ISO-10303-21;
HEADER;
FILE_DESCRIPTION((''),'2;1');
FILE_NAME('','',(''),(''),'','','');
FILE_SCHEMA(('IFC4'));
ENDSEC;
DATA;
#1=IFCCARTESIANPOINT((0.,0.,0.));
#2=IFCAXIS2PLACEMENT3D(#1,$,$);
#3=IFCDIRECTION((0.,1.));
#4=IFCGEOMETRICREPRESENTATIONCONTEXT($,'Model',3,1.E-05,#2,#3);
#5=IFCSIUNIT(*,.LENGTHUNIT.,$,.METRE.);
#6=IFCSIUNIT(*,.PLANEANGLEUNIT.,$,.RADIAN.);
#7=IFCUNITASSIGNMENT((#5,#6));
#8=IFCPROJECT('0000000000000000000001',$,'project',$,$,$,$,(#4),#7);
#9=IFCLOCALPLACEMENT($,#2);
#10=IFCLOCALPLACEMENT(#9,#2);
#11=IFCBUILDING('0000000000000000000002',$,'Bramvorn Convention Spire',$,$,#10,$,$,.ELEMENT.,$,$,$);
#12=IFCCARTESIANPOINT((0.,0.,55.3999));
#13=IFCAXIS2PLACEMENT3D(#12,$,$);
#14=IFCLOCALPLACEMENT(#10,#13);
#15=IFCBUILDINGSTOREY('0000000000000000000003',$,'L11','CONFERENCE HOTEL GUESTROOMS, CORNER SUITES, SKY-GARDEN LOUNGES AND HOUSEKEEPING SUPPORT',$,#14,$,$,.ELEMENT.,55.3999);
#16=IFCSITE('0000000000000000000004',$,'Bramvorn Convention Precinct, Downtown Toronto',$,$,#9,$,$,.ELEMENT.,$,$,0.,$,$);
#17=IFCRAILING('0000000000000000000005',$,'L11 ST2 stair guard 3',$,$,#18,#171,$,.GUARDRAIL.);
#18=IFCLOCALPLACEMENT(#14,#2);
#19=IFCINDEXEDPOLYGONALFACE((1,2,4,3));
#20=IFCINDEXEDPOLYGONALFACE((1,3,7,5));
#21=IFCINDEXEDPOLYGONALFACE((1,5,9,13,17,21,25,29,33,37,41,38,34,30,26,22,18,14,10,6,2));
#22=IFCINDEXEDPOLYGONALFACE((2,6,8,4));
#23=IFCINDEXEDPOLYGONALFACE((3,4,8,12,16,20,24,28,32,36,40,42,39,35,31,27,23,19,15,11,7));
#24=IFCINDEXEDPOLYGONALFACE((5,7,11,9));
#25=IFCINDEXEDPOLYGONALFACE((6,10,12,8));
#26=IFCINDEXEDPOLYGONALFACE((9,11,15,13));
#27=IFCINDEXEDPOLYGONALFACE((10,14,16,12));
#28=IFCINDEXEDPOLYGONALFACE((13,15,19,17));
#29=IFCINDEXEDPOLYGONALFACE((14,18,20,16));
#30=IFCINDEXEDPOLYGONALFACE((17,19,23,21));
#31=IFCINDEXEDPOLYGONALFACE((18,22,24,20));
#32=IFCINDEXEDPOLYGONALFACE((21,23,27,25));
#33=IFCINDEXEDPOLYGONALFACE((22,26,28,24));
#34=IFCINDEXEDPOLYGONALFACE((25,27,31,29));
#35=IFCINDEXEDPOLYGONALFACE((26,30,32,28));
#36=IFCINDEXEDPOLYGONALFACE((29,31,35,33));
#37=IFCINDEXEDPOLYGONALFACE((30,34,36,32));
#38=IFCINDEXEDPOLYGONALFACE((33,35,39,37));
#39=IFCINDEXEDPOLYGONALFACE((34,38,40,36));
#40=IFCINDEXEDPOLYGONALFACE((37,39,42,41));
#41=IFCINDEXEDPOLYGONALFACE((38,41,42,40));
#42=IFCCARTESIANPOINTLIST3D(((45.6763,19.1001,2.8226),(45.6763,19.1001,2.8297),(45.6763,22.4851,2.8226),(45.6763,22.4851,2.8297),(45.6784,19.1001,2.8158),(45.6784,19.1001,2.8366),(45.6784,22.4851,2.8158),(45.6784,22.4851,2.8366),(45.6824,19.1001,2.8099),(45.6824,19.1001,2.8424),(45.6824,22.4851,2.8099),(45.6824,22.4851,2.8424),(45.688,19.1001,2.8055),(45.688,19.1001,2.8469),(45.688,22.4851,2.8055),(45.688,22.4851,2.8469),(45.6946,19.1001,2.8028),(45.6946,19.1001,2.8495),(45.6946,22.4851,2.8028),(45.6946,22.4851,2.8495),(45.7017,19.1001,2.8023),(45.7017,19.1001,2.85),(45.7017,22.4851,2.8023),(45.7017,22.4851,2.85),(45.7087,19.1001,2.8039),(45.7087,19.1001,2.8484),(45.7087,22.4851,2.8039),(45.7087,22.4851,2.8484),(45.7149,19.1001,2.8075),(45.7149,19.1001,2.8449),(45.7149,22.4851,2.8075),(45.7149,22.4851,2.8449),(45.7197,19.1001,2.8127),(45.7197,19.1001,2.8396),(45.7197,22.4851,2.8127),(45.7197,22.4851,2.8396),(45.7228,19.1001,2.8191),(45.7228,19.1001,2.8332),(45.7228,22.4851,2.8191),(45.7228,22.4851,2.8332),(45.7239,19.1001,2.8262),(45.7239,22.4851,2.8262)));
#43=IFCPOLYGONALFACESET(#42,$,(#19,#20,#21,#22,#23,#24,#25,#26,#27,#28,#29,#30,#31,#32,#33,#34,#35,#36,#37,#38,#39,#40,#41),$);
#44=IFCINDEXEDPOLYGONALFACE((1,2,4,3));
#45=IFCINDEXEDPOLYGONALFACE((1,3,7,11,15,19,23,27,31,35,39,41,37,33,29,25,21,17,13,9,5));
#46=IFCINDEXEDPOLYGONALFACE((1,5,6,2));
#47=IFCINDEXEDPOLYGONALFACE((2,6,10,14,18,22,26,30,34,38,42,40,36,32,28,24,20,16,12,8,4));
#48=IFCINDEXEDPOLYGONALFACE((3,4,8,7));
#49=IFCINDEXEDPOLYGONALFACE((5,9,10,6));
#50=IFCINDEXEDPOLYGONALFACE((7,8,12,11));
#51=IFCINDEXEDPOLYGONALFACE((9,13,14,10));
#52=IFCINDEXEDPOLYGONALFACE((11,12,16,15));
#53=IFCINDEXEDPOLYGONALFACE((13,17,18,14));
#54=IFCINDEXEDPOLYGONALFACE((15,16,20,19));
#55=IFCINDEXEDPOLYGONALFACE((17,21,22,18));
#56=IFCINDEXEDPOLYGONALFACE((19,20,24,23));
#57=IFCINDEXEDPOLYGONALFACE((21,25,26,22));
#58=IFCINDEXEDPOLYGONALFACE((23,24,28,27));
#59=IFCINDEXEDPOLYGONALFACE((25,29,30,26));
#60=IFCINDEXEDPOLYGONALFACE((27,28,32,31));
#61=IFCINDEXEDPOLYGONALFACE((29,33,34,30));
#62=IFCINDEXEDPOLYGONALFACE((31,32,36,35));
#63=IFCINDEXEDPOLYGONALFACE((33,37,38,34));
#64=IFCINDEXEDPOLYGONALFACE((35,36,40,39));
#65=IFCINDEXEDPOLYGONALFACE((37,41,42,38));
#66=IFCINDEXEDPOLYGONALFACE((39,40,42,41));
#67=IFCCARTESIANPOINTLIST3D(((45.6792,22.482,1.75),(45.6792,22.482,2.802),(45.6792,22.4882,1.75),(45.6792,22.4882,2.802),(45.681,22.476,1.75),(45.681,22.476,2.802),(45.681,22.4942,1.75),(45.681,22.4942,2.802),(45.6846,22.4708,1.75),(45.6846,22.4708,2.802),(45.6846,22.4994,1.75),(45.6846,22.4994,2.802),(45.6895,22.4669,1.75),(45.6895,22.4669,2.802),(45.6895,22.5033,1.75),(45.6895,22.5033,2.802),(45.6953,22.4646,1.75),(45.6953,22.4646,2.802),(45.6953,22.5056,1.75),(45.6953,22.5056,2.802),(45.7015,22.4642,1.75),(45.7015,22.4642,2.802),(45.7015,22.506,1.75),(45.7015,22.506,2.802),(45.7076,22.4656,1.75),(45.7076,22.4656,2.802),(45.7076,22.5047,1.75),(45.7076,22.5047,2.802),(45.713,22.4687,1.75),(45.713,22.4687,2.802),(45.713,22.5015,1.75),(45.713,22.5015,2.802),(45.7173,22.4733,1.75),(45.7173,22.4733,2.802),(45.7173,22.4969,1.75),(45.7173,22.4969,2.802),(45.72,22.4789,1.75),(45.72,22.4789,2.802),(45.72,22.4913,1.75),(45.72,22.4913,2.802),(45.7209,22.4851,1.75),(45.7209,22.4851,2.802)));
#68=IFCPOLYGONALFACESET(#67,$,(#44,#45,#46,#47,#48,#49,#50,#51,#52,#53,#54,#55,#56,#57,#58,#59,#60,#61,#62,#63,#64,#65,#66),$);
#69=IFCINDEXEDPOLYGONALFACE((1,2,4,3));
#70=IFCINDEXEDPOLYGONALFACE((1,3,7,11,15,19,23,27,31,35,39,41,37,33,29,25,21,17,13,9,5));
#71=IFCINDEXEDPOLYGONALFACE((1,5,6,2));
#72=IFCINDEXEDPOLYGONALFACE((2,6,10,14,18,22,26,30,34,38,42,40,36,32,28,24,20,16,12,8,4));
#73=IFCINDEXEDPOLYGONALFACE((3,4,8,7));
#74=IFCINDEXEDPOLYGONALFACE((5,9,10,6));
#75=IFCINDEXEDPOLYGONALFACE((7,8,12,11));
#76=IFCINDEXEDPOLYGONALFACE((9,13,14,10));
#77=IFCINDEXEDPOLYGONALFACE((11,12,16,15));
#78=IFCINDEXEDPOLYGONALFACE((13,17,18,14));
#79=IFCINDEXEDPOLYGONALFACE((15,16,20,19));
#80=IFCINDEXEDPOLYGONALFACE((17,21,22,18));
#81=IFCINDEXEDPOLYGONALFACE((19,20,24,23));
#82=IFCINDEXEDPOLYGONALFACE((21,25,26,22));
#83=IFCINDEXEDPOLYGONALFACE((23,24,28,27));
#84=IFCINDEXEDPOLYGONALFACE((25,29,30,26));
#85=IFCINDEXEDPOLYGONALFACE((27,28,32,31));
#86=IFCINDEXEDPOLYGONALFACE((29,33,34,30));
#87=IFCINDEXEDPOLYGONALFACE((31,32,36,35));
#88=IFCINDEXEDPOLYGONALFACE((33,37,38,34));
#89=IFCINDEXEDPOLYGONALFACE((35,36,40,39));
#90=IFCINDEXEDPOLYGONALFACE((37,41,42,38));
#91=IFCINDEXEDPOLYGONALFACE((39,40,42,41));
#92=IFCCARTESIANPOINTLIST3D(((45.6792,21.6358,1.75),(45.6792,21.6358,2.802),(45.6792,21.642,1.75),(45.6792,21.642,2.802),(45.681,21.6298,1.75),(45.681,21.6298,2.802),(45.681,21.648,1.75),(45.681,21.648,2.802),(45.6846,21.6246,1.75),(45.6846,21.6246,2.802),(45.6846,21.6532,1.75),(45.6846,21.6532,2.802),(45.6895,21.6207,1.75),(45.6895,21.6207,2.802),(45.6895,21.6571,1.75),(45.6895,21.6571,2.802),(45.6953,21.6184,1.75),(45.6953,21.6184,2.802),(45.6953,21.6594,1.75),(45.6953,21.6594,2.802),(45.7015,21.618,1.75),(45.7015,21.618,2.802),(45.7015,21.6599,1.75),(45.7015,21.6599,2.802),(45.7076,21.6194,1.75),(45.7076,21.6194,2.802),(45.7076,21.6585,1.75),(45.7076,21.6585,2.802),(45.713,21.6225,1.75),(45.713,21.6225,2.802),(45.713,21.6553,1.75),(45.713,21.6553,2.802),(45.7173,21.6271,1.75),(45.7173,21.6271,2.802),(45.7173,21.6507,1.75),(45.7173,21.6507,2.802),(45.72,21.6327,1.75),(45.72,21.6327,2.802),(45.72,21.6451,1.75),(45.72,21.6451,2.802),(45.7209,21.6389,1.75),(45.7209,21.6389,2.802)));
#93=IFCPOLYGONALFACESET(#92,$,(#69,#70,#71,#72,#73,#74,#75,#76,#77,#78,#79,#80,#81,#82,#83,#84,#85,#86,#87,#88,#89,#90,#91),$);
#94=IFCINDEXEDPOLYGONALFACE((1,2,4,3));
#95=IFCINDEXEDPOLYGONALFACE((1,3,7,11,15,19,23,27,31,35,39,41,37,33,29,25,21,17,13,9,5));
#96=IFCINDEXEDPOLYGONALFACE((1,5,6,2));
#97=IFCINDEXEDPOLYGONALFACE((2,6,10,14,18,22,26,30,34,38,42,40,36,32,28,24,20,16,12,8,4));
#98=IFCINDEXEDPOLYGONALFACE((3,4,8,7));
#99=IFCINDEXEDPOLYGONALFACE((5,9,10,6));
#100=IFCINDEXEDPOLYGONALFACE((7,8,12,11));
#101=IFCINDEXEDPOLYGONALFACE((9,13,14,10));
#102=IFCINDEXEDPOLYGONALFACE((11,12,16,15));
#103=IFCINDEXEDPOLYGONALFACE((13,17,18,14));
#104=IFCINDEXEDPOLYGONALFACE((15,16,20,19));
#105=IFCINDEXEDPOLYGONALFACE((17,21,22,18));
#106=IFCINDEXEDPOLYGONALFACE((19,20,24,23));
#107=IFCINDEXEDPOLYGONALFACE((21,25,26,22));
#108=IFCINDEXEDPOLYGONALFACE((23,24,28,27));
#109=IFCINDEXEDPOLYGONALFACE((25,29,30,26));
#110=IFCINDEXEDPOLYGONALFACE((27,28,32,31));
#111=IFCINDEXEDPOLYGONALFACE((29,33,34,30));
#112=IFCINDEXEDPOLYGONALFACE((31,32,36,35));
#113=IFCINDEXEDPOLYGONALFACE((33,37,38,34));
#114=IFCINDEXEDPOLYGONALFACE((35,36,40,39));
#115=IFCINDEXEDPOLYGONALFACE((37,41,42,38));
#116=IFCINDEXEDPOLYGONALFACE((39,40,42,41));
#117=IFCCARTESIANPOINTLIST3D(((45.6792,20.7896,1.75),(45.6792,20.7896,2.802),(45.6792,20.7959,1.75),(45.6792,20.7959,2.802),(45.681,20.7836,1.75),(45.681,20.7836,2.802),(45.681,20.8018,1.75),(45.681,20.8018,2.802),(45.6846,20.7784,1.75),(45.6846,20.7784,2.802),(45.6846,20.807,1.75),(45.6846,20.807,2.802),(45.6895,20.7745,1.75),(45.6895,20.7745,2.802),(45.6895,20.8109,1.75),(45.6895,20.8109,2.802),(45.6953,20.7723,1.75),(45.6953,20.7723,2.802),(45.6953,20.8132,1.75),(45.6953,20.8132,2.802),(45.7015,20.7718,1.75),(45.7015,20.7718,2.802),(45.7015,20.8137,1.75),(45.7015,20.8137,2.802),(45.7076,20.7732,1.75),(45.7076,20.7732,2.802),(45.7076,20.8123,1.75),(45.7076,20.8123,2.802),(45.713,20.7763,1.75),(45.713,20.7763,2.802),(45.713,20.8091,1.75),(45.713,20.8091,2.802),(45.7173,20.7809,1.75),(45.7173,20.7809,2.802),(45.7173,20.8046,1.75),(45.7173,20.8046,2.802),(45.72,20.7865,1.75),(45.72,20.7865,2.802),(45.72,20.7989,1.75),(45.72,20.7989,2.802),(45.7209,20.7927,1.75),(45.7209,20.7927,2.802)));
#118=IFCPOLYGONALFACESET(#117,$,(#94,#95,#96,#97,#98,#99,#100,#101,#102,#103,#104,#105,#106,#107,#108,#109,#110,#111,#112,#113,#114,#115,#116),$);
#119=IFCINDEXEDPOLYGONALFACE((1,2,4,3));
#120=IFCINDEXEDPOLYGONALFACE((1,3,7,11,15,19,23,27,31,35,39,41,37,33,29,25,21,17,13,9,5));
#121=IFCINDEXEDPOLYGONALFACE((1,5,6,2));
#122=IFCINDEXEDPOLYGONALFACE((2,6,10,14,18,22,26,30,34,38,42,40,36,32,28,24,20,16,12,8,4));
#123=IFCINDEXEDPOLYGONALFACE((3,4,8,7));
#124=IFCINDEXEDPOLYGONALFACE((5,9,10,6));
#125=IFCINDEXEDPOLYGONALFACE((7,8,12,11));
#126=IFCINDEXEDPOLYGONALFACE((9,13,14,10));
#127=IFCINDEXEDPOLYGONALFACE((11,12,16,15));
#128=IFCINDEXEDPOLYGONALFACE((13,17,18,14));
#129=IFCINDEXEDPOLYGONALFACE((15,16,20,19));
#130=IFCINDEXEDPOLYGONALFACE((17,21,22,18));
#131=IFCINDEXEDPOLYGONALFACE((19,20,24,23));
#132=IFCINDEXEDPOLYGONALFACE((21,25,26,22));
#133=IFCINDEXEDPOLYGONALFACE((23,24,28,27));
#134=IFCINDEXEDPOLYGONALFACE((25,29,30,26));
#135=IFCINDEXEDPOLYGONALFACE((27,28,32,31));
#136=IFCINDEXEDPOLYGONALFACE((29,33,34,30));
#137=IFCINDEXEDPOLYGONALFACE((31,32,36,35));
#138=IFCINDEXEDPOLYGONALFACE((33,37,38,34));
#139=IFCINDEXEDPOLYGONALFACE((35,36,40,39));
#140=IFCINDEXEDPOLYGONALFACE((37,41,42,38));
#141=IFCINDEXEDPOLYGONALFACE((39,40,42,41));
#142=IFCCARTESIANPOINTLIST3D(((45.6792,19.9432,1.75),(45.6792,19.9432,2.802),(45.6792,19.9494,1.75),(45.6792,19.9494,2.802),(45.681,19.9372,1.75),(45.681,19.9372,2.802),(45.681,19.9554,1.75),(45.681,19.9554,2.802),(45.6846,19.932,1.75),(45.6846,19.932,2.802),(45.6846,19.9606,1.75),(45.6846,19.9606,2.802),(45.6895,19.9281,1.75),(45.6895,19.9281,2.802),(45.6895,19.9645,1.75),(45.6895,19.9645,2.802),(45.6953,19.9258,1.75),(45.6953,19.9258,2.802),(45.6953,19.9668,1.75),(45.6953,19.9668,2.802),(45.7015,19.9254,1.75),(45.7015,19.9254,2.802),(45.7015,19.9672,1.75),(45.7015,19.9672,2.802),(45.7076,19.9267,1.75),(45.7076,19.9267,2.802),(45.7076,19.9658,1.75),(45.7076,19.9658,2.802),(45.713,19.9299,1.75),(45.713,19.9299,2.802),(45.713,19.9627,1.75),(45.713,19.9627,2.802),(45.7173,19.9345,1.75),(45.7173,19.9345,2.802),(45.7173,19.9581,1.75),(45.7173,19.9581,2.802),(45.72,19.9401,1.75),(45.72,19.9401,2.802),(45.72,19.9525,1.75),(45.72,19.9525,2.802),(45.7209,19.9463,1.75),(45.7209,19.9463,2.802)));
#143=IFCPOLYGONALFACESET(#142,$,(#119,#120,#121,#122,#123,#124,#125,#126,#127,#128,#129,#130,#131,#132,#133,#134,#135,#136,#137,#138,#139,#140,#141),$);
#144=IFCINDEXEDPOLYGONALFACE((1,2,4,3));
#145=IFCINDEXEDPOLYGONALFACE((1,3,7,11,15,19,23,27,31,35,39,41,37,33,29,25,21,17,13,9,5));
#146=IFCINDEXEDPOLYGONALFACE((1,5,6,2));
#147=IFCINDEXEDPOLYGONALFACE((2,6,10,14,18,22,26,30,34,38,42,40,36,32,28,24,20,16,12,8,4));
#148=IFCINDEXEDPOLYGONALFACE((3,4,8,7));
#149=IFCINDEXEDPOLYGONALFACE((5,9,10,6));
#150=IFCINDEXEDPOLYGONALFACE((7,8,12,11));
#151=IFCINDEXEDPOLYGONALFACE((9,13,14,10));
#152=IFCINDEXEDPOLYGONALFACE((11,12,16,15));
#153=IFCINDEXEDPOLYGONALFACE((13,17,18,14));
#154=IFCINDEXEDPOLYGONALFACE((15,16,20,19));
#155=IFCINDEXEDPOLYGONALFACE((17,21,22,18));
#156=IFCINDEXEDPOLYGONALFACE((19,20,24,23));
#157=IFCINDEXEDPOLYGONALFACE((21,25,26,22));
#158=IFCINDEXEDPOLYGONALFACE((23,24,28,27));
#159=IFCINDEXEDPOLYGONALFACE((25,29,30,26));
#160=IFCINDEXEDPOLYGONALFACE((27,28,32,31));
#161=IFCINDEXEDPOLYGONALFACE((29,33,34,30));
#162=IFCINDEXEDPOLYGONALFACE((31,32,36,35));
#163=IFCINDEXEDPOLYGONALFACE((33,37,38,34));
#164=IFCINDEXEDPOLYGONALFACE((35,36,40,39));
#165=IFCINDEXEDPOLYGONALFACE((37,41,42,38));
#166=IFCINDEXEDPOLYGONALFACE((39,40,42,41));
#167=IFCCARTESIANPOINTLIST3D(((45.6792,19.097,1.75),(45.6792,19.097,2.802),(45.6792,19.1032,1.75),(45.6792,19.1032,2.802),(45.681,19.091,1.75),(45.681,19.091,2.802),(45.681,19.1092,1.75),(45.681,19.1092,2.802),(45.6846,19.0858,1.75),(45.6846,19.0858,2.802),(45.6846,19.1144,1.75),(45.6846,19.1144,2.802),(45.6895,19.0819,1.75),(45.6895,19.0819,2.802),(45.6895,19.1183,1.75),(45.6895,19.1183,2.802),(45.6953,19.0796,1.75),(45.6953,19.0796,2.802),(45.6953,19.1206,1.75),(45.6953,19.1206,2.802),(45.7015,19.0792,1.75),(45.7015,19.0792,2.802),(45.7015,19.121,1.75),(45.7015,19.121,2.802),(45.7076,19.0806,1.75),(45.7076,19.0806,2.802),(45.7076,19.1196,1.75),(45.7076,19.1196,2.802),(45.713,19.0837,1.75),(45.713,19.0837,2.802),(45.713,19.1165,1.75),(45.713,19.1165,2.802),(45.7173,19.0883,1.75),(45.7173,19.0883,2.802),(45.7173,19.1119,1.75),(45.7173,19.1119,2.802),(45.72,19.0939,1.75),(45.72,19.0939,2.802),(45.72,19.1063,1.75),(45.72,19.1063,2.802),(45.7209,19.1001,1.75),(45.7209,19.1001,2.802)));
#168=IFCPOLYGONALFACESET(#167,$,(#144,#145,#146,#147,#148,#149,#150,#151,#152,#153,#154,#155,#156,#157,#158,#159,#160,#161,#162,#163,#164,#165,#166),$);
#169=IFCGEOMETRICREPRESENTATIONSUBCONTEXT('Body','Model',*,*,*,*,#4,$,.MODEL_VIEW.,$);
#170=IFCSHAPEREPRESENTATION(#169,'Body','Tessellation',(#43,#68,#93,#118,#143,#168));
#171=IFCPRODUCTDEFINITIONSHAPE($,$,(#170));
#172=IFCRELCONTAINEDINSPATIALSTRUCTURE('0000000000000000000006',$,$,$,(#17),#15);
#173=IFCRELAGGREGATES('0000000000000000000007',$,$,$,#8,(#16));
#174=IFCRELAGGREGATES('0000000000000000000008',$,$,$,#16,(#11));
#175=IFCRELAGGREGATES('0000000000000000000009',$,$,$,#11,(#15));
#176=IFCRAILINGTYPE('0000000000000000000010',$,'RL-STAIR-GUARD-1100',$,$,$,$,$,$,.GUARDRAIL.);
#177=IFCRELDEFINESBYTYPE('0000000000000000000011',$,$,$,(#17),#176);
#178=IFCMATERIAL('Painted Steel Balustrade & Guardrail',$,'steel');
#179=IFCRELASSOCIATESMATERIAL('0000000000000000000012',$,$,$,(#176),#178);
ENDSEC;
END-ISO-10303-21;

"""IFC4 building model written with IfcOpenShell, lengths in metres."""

from ifc_helpers import new_model, si_unit, direction, frame, origin, origin_2d, place, context, subcontext, project, spatial, circle, extrude, material, type_object, element, save


model = new_model("IFC4")

# Units and contexts
model_context = context("Model", 3, precision=1e-05, world=origin(), true_north=direction((0.0, 1.0)))
body_context = subcontext(model_context, "Body", "Model", "MODEL_VIEW")
ifc_project = project(units=[si_unit("LENGTHUNIT", "METRE"), si_unit("PLANEANGLEUNIT", "RADIAN")], contexts=[model_context])

# Site, building, storey
site_placement = place(None, origin())
site = spatial("IfcSite", under=ifc_project, at=site_placement, Name="Bramvorn Convention Precinct, Downtown Toronto", CompositionType="ELEMENT", RefElevation=0.0)
building_placement = place(site_placement, origin())
building = spatial("IfcBuilding", under=site, at=building_placement, Name="Bramvorn Convention Spire", CompositionType="ELEMENT")
storey_placement = place(building_placement, frame((0.0, 0.0, 55.3999)))
storey = spatial("IfcBuildingStorey", under=building, at=storey_placement, Name="L11", Description="CONFERENCE HOTEL GUESTROOMS, CORNER SUITES, SKY-GARDEN LOUNGES AND HOUSEKEEPING SUPPORT", CompositionType="ELEMENT", Elevation=55.3999)

# Railing
ifc_material_1 = material(Name="Painted Steel Balustrade & Guardrail", Category="steel")
railing_type_1 = type_object("IfcRailingType", Name="RL-STAIR-GUARD-1100", PredefinedType="GUARDRAIL", material=ifc_material_1)
for number, where, name in (
    (1, (45.7, 22.4851, 1.75), "L11 ST2 stair guard 3"),
):
    element("IfcRailing", number, at=place(storey_placement, frame(where)), inside=storey, type_object=railing_type_1, Name=name, PredefinedType="GUARDRAIL", context=body_context, shape_type="SweptSolid", body=[
        extrude(circle(Radius=0.0239, at=origin_2d()), frame((0.0, 0.0, 1.0762), z_axis=(0.0, -1.0, 0.0), x_axis=(1.0, 0.0, 0.0)), (0.0, 0.0, 1.0), 3.385),
        extrude(circle(Radius=0.021, at=origin_2d()), origin(), (0.0, 0.0, 1.0), 1.052),
        extrude(circle(Radius=0.021, at=origin_2d()), frame((0.0, -0.8462, 0.0)), (0.0, 0.0, 1.0), 1.052),
        extrude(circle(Radius=0.021, at=origin_2d()), frame((0.0, -1.6924, 0.0)), (0.0, 0.0, 1.0), 1.052),
        extrude(circle(Radius=0.021, at=origin_2d()), frame((0.0, -2.5388, 0.0)), (0.0, 0.0, 1.0), 1.052),
        extrude(circle(Radius=0.021, at=origin_2d()), frame((0.0, -3.385, 0.0)), (0.0, 0.0, 1.0), 1.052),
    ])

save(model, "model.ifc")
